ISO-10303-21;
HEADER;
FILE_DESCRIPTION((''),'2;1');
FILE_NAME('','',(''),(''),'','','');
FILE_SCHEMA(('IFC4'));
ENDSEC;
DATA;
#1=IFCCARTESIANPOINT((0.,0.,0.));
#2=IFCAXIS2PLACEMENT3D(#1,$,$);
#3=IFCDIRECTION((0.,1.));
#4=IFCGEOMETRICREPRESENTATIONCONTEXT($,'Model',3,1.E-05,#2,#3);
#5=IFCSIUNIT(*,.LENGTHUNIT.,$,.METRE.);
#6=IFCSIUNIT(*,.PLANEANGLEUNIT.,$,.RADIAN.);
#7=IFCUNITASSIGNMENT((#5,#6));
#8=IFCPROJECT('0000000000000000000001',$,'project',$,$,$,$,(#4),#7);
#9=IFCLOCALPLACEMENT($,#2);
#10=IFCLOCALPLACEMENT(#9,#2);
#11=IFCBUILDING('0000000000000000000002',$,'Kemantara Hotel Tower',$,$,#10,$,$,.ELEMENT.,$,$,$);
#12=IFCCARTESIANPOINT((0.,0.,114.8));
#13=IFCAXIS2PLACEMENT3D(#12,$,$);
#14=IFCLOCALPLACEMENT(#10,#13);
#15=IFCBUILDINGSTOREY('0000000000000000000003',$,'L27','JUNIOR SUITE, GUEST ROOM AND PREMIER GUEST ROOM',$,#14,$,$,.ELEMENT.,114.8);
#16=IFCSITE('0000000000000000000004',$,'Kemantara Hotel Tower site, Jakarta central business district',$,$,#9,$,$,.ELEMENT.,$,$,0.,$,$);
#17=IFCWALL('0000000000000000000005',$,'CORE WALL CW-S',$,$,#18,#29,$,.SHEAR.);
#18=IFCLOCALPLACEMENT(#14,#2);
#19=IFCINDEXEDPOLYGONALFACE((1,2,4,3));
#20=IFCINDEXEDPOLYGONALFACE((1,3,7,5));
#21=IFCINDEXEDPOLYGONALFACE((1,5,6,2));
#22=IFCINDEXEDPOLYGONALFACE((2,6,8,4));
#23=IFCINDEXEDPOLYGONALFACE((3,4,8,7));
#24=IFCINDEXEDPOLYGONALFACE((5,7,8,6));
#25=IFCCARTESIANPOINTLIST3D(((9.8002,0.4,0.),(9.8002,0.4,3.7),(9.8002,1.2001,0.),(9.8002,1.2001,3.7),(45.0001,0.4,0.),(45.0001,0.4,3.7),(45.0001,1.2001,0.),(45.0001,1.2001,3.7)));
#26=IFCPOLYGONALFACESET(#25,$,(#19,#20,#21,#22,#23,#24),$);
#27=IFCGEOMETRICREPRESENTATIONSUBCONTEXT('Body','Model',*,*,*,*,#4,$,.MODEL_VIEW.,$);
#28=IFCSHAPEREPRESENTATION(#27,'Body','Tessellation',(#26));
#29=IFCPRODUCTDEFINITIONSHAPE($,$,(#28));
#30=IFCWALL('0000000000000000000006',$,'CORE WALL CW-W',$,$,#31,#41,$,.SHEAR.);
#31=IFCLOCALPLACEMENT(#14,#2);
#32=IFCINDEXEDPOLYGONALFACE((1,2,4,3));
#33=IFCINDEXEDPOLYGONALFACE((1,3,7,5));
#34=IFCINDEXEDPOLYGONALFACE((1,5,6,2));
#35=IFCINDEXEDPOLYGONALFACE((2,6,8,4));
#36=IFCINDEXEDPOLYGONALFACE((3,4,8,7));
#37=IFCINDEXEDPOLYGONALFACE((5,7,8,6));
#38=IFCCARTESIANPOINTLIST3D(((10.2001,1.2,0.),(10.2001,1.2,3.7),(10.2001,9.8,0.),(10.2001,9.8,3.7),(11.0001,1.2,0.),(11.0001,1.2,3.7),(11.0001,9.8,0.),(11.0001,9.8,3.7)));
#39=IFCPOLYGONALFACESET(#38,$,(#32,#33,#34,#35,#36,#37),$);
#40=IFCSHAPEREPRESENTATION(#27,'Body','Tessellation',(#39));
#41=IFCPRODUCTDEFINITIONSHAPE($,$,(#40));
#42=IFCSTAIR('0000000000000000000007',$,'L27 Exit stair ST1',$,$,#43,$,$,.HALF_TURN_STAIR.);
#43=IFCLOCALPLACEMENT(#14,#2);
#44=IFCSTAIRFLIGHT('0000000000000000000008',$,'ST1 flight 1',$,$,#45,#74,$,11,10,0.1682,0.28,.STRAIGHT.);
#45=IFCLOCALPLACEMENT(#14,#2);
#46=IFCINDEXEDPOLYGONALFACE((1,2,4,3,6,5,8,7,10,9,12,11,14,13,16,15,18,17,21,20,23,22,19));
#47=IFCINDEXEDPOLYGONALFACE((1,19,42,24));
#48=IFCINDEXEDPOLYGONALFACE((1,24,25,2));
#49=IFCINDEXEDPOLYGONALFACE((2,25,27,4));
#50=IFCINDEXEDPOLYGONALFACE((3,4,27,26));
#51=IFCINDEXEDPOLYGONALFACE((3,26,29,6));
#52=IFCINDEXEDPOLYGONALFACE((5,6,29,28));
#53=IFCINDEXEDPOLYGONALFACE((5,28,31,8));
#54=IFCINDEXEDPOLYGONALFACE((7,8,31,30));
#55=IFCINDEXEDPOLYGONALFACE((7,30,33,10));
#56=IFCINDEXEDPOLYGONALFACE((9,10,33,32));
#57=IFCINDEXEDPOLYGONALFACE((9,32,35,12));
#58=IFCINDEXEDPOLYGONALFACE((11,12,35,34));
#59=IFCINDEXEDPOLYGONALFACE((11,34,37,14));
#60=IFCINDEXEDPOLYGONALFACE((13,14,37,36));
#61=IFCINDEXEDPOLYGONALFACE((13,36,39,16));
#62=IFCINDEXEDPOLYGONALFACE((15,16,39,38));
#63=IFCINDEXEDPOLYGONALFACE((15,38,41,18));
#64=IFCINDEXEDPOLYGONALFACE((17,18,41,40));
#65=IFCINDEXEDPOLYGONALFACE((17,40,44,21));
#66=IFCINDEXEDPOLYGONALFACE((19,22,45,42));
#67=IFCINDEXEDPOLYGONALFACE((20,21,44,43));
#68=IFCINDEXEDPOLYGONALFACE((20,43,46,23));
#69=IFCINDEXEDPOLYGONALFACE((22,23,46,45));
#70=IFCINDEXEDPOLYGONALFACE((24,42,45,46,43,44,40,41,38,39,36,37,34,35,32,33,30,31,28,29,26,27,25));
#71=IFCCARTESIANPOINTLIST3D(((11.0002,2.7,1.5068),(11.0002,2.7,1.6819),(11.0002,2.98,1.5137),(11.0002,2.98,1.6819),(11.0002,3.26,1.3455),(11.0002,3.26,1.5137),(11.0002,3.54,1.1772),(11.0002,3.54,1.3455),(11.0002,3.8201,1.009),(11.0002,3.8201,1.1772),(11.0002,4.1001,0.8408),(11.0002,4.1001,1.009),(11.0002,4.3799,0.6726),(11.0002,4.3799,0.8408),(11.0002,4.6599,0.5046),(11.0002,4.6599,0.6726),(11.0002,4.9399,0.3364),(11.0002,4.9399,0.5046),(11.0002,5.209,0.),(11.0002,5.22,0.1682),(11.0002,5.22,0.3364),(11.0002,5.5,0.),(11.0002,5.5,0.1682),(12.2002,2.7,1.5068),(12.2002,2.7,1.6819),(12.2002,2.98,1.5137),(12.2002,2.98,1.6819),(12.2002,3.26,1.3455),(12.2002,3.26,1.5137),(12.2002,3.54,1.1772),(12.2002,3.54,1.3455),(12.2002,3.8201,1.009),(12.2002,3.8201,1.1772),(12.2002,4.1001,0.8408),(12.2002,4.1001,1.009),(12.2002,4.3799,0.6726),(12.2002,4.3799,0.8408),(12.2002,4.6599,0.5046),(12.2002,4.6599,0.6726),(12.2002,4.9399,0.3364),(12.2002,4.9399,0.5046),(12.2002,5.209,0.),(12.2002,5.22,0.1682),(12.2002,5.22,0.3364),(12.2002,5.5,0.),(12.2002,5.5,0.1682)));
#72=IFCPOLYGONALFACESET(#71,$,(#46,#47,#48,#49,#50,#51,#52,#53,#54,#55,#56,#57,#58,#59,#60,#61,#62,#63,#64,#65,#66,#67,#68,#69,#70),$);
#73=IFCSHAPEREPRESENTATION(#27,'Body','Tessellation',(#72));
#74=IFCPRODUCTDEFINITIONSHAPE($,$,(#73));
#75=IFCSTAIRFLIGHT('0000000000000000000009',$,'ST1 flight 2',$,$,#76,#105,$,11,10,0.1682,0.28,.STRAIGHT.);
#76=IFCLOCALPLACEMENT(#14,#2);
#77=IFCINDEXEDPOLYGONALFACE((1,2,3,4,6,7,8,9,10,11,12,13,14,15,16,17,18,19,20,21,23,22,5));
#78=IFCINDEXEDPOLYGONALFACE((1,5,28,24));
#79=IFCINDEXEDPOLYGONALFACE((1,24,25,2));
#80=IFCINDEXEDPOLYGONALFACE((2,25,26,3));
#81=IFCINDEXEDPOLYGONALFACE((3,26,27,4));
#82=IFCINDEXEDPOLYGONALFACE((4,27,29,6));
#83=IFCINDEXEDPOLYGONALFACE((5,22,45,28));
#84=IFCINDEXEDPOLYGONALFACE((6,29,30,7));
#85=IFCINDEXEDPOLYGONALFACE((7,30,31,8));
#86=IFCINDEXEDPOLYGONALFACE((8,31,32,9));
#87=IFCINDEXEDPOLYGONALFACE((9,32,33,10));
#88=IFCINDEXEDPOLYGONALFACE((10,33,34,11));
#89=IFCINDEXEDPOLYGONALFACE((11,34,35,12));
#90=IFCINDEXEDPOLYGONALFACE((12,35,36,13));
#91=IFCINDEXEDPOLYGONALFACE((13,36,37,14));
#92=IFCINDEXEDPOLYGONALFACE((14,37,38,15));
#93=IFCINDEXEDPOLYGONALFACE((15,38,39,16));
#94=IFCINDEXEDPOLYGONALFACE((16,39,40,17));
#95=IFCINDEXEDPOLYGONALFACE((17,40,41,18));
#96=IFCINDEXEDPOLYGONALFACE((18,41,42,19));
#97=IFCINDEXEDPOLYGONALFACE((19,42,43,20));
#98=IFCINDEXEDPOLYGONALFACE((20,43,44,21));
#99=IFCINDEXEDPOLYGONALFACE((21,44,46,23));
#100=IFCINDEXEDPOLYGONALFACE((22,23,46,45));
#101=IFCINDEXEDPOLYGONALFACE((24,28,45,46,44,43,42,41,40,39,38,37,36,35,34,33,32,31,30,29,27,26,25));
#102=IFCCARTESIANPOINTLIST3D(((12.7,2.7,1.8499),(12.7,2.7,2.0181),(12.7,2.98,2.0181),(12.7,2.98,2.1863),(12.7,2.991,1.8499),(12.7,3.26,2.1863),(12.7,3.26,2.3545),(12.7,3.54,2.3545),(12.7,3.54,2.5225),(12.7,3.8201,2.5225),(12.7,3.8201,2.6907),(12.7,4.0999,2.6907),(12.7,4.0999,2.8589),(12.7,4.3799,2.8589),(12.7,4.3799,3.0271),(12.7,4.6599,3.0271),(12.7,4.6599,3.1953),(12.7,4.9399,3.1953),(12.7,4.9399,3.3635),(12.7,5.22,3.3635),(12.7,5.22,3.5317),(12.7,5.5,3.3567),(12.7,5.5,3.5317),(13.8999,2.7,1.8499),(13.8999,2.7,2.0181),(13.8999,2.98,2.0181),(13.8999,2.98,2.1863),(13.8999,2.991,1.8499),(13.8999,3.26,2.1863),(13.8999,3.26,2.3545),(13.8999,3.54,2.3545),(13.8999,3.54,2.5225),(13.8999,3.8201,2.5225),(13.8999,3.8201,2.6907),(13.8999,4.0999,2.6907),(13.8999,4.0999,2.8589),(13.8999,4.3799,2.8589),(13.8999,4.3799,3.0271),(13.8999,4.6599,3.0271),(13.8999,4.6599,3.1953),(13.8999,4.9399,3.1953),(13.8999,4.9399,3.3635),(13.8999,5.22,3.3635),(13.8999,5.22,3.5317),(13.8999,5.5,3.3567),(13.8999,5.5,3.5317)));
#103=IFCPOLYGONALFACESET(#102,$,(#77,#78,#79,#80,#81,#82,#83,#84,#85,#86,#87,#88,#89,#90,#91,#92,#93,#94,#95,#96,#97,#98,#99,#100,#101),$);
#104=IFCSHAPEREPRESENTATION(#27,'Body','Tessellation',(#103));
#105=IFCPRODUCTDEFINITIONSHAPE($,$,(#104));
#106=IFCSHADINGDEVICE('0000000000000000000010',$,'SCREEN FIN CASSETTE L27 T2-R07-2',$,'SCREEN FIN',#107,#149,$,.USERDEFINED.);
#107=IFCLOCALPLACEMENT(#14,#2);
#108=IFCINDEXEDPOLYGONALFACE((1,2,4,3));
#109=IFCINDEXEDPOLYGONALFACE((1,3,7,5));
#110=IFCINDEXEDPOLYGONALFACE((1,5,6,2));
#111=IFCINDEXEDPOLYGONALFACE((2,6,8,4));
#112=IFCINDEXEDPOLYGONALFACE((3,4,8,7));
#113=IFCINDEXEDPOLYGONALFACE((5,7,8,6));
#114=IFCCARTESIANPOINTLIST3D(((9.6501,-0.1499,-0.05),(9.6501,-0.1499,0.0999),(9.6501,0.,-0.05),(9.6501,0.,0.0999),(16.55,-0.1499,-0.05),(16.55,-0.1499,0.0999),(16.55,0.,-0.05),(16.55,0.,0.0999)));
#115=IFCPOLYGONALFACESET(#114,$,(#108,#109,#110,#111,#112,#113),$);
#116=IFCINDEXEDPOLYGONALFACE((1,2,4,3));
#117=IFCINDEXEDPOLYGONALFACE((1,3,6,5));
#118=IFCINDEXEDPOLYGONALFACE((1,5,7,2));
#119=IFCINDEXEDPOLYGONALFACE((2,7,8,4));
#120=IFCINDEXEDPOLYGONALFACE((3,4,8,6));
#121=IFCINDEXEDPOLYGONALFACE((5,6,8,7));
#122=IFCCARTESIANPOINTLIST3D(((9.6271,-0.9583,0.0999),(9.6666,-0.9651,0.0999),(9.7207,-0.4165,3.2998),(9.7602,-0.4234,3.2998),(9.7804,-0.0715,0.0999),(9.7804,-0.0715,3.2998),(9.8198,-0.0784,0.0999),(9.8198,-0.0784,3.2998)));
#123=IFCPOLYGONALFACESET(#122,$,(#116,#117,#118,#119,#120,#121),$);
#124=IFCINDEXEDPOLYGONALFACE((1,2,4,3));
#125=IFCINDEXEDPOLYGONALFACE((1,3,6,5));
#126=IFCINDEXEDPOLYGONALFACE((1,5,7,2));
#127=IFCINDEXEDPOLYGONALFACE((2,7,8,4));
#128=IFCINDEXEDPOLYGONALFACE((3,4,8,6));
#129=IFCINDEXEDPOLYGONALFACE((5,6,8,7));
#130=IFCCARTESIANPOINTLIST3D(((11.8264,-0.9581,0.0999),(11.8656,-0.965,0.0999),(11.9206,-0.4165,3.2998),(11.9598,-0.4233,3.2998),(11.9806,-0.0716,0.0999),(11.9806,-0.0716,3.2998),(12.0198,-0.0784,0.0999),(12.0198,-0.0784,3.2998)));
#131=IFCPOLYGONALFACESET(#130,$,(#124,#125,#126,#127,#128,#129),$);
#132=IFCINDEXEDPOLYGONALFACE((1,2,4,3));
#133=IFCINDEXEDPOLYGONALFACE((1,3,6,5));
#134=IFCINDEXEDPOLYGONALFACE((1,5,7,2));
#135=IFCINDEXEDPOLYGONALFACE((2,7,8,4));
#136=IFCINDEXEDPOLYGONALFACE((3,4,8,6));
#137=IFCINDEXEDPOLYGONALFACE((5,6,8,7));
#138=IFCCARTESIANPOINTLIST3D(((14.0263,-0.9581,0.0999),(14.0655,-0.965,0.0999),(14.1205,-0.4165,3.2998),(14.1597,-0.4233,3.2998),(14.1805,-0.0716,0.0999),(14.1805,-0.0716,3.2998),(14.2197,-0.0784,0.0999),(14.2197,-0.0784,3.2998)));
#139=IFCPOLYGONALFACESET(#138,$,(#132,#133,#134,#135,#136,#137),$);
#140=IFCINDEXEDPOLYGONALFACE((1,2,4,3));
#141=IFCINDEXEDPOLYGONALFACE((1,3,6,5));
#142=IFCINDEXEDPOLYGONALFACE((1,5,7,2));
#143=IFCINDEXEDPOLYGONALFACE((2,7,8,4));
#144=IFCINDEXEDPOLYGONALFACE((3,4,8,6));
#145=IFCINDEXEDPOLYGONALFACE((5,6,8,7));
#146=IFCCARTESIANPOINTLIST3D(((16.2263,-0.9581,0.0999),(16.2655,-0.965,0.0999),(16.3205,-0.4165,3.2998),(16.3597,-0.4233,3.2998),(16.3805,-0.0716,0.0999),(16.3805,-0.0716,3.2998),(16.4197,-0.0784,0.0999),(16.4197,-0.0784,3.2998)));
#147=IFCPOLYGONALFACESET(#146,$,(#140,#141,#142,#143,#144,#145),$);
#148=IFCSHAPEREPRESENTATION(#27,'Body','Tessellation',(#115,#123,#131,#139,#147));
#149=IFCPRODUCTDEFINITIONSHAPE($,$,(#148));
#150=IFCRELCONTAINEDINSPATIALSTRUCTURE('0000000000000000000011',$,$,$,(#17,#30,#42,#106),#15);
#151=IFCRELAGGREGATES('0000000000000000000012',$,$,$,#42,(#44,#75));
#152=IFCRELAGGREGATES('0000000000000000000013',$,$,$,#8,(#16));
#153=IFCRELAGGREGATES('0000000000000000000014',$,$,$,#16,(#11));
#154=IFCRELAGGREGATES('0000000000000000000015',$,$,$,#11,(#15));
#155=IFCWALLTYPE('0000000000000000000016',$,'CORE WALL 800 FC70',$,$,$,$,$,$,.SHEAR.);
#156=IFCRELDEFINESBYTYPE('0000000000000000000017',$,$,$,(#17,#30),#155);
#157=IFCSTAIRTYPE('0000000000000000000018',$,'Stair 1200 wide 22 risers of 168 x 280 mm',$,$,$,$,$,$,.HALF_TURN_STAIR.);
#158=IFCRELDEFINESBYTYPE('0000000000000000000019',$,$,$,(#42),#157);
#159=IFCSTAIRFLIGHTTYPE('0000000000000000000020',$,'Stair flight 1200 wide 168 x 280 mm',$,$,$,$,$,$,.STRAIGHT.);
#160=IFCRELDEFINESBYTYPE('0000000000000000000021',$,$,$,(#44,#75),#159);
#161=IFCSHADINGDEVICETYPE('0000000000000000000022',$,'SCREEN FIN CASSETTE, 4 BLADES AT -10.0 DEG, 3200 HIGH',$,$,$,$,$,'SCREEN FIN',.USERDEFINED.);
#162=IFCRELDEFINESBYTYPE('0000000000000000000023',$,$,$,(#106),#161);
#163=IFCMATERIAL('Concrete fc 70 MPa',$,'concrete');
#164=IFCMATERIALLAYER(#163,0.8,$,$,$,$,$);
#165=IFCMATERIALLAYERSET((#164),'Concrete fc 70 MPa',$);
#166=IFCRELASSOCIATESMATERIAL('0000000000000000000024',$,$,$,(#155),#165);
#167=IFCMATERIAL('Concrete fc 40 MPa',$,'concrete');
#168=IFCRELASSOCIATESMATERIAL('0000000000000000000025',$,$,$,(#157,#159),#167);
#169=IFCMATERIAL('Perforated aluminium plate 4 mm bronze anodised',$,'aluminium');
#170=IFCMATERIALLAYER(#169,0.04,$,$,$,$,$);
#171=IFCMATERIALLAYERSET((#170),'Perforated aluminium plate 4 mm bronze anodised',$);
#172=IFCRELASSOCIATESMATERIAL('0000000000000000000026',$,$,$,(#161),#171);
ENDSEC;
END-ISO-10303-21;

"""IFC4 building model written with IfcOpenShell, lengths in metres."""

from ifc_helpers import new_model, si_unit, direction, frame, frame_2d, origin, origin_2d, place, context, subcontext, project, spatial, polyline, rectangle, outline, extrude, source, transform, mapped, material, layer, layer_set, type_object, element, aggregate, save


model = new_model("IFC4")

# Units and contexts
model_context = context("Model", 3, precision=1e-05, world=origin(), true_north=direction((0.0, 1.0)))
body_context = subcontext(model_context, "Body", "Model", "MODEL_VIEW")
ifc_project = project(units=[si_unit("LENGTHUNIT", "METRE"), si_unit("PLANEANGLEUNIT", "RADIAN")], contexts=[model_context])

# Site, building, storey
site_placement = place(None, origin())
site = spatial("IfcSite", under=ifc_project, at=site_placement, Name="Kemantara Hotel Tower site, Jakarta central business district", CompositionType="ELEMENT", RefElevation=0.0)
building_placement = place(site_placement, origin())
building = spatial("IfcBuilding", under=site, at=building_placement, Name="Kemantara Hotel Tower", CompositionType="ELEMENT")
storey_placement = place(building_placement, frame((0.0, 0.0, 114.8)))
storey = spatial("IfcBuildingStorey", under=building, at=storey_placement, Name="L27", Description="JUNIOR SUITE, GUEST ROOM AND PREMIER GUEST ROOM", CompositionType="ELEMENT", Elevation=114.8)

# Shared definitions
ifc_material_1 = material(Name="Concrete fc 70 MPa", Category="concrete")

# Walls
ifc_layer_1 = layer(ifc_material_1, 0.8)
ifc_layer_set_1 = layer_set([ifc_layer_1], Name="Concrete fc 70 MPa")
wall_type_1 = type_object("IfcWallType", Name="CORE WALL 800 FC70", PredefinedType="SHEAR", material=ifc_layer_set_1)
wall_1_placement = place(storey_placement, frame((9.8, 0.8, 0.0), z_axis=(0.0, 0.0, 1.0), x_axis=(1.0, 0.0, 0.0)))
element("IfcWall", 1, at=wall_1_placement, inside=storey, type_object=wall_type_1, Name="CORE WALL CW-S", PredefinedType="SHEAR", context=body_context, shape_type="SweptSolid", body=[
    extrude(rectangle(XDim=35.2, YDim=0.8, at=frame_2d((17.6001, 0.0))), origin(), (0.0, 0.0, 1.0), 3.7),
])
wall_2_placement = place(storey_placement, frame((10.6001, 1.2, 0.0), z_axis=(0.0, 0.0, 1.0), x_axis=(0.0, 1.0, 0.0)))
element("IfcWall", 2, at=wall_2_placement, inside=storey, type_object=wall_type_1, Name="CORE WALL CW-W", PredefinedType="SHEAR", context=body_context, shape_type="SweptSolid", body=[
    extrude(rectangle(XDim=8.6001, YDim=0.8, at=frame_2d((4.3, 0.0))), origin(), (0.0, 0.0, 1.0), 3.7),
])

# Stair, stair flights
ifc_material_2 = material(Name="Concrete fc 40 MPa", Category="concrete")
stair_type = type_object("IfcStairType", Name="Stair 1200 wide 22 risers of 168 x 280 mm", PredefinedType="HALF_TURN_STAIR", material=ifc_material_2)
stair_placement = place(storey_placement, origin())
stair = element("IfcStair", 3, at=stair_placement, inside=storey, type_object=stair_type, Name="L27 Exit stair ST1", PredefinedType="HALF_TURN_STAIR")
stair_flight_type = type_object("IfcStairFlightType", Name="Stair flight 1200 wide 168 x 280 mm", PredefinedType="STRAIGHT", material=ifc_material_2)
stair_flight_1_placement = place(storey_placement, frame((11.6001, 5.5, 0.0), z_axis=(0.0, 0.0, 1.0), x_axis=(0.0, -1.0, 0.0)))
stair_flight_1 = element("IfcStairFlight", 4, at=stair_flight_1_placement, type_object=stair_flight_type, Name="ST1 flight 1", NumberOfRisers=11, NumberOfTreads=10, PredefinedType="STRAIGHT", RiserHeight=0.1682, TreadLength=0.28, context=body_context, shape_type="SweptSolid", body=[
    extrude(outline(polyline([(0.0, 0.0), (0.0, 0.1682), (0.28, 0.1682), (0.28, 0.3364), (0.5601, 0.3364), (0.5601, 0.5046), (0.8401, 0.5046), (0.8401, 0.6726), (1.1201, 0.6726), (1.1201, 0.8408), (1.3999, 0.8408), (1.3999, 1.009), (1.6799, 1.009), (1.6799, 1.1772), (1.96, 1.1772), (1.96, 1.3455), (2.24, 1.3455), (2.24, 1.5137), (2.52, 1.5137), (2.52, 1.6819), (2.8, 1.6819), (2.8, 1.8501), (2.8, 1.5068), (0.291, 0.0), (0.0, 0.0)])), frame((0.0, 0.6001, 0.0), z_axis=(0.0, -1.0, 0.0), x_axis=(1.0, 0.0, 0.0)), (0.0, 0.0, 1.0), 1.2),
])
stair_flight_2_placement = place(storey_placement, frame((13.3, 2.7, 1.8499), z_axis=(0.0, 0.0, 1.0), x_axis=(0.0, 1.0, 0.0)))
stair_flight_2 = element("IfcStairFlight", 5, at=stair_flight_2_placement, type_object=stair_flight_type, Name="ST1 flight 2", NumberOfRisers=11, NumberOfTreads=10, PredefinedType="STRAIGHT", RiserHeight=0.1682, TreadLength=0.28, context=body_context, shape_type="SweptSolid", body=[
    extrude(outline(polyline([(0.0, 0.0), (0.0, 0.1682), (0.28, 0.1682), (0.28, 0.3364), (0.5601, 0.3364), (0.5601, 0.5046), (0.8401, 0.5046), (0.8401, 0.6726), (1.1201, 0.6726), (1.1201, 0.8408), (1.3999, 0.8408), (1.3999, 1.009), (1.6799, 1.009), (1.6799, 1.1772), (1.96, 1.1772), (1.96, 1.3455), (2.24, 1.3455), (2.24, 1.5137), (2.52, 1.5137), (2.52, 1.6819), (2.8, 1.6819), (2.8, 1.8501), (2.8, 1.5068), (0.291, 0.0), (0.0, 0.0)])), frame((0.0, 0.6001, 0.0), z_axis=(0.0, -1.0, 0.0), x_axis=(1.0, 0.0, 0.0)), (0.0, 0.0, 1.0), 1.2),
])
aggregate(stair, [stair_flight_1, stair_flight_2])

# Shading device
ifc_material_3 = material(Name="Perforated aluminium plate 4 mm bronze anodised", Category="aluminium")
ifc_layer_2 = layer(ifc_material_3, 0.04)
ifc_layer_set_2 = layer_set([ifc_layer_2], Name="Perforated aluminium plate 4 mm bronze anodised")
shading_device_type = type_object("IfcShadingDeviceType", Name="SCREEN FIN CASSETTE, 4 BLADES AT -10.0 DEG, 3200 HIGH", ElementType="SCREEN FIN", PredefinedType="USERDEFINED", material=ifc_layer_set_2)
shared_shape = source(origin(), body_context, "Body", "SweptSolid", [
    extrude(rectangle(XDim=6.8999, YDim=0.1499, at=origin_2d()), frame((3.3, -0.075, -0.1499), z_axis=(0.0, 0.0, 1.0), x_axis=(1.0, 0.0, 0.0)), (0.0, 0.0, 1.0), 0.1499),
    extrude(outline(polyline([(0.0, 0.0), (0.8999, 0.0), (0.3501, 3.2), (0.0, 3.2), (0.0, 0.0)])), frame((0.0198, -0.0784, 0.0), z_axis=(-0.98539, 0.170314, 0.0), x_axis=(-0.170314, -0.98539, 0.0)), (0.0, 0.0, 1.0), 0.04),
    extrude(outline(polyline([(0.0, 0.0), (0.8999, 0.0), (0.3501, 3.2), (0.0, 3.2), (0.0, 0.0)])), frame((2.2197, -0.0784, 0.0), z_axis=(-0.985212, 0.171341, 0.0), x_axis=(-0.171341, -0.985212, 0.0)), (0.0, 0.0, 1.0), 0.0398),
    extrude(outline(polyline([(0.0, 0.0), (0.8999, 0.0), (0.3501, 3.2), (0.0, 3.2), (0.0, 0.0)])), frame((4.4197, -0.0784, 0.0), z_axis=(-0.985212, 0.171341, 0.0), x_axis=(-0.171341, -0.985212, 0.0)), (0.0, 0.0, 1.0), 0.0398),
    extrude(outline(polyline([(0.0, 0.0), (0.8999, 0.0), (0.3501, 3.2), (0.0, 3.2), (0.0, 0.0)])), frame((6.6196, -0.0784, 0.0), z_axis=(-0.985212, 0.171341, 0.0), x_axis=(-0.171341, -0.985212, 0.0)), (0.0, 0.0, 1.0), 0.0398),
])
shading_device_placement = place(storey_placement, frame((9.8, 0.0, 0.0999), z_axis=(0.0, 0.0, 1.0), x_axis=(1.0, 0.0, 0.0)))
element("IfcShadingDevice", 6, at=shading_device_placement, inside=storey, type_object=shading_device_type, Name="SCREEN FIN CASSETTE L27 T2-R07-2", ObjectType="SCREEN FIN", PredefinedType="USERDEFINED", context=body_context, shape_type="MappedRepresentation", body=[
    mapped(shared_shape, transform((0.0, 0.0, 0.0))),
])

save(model, "model.ifc")
